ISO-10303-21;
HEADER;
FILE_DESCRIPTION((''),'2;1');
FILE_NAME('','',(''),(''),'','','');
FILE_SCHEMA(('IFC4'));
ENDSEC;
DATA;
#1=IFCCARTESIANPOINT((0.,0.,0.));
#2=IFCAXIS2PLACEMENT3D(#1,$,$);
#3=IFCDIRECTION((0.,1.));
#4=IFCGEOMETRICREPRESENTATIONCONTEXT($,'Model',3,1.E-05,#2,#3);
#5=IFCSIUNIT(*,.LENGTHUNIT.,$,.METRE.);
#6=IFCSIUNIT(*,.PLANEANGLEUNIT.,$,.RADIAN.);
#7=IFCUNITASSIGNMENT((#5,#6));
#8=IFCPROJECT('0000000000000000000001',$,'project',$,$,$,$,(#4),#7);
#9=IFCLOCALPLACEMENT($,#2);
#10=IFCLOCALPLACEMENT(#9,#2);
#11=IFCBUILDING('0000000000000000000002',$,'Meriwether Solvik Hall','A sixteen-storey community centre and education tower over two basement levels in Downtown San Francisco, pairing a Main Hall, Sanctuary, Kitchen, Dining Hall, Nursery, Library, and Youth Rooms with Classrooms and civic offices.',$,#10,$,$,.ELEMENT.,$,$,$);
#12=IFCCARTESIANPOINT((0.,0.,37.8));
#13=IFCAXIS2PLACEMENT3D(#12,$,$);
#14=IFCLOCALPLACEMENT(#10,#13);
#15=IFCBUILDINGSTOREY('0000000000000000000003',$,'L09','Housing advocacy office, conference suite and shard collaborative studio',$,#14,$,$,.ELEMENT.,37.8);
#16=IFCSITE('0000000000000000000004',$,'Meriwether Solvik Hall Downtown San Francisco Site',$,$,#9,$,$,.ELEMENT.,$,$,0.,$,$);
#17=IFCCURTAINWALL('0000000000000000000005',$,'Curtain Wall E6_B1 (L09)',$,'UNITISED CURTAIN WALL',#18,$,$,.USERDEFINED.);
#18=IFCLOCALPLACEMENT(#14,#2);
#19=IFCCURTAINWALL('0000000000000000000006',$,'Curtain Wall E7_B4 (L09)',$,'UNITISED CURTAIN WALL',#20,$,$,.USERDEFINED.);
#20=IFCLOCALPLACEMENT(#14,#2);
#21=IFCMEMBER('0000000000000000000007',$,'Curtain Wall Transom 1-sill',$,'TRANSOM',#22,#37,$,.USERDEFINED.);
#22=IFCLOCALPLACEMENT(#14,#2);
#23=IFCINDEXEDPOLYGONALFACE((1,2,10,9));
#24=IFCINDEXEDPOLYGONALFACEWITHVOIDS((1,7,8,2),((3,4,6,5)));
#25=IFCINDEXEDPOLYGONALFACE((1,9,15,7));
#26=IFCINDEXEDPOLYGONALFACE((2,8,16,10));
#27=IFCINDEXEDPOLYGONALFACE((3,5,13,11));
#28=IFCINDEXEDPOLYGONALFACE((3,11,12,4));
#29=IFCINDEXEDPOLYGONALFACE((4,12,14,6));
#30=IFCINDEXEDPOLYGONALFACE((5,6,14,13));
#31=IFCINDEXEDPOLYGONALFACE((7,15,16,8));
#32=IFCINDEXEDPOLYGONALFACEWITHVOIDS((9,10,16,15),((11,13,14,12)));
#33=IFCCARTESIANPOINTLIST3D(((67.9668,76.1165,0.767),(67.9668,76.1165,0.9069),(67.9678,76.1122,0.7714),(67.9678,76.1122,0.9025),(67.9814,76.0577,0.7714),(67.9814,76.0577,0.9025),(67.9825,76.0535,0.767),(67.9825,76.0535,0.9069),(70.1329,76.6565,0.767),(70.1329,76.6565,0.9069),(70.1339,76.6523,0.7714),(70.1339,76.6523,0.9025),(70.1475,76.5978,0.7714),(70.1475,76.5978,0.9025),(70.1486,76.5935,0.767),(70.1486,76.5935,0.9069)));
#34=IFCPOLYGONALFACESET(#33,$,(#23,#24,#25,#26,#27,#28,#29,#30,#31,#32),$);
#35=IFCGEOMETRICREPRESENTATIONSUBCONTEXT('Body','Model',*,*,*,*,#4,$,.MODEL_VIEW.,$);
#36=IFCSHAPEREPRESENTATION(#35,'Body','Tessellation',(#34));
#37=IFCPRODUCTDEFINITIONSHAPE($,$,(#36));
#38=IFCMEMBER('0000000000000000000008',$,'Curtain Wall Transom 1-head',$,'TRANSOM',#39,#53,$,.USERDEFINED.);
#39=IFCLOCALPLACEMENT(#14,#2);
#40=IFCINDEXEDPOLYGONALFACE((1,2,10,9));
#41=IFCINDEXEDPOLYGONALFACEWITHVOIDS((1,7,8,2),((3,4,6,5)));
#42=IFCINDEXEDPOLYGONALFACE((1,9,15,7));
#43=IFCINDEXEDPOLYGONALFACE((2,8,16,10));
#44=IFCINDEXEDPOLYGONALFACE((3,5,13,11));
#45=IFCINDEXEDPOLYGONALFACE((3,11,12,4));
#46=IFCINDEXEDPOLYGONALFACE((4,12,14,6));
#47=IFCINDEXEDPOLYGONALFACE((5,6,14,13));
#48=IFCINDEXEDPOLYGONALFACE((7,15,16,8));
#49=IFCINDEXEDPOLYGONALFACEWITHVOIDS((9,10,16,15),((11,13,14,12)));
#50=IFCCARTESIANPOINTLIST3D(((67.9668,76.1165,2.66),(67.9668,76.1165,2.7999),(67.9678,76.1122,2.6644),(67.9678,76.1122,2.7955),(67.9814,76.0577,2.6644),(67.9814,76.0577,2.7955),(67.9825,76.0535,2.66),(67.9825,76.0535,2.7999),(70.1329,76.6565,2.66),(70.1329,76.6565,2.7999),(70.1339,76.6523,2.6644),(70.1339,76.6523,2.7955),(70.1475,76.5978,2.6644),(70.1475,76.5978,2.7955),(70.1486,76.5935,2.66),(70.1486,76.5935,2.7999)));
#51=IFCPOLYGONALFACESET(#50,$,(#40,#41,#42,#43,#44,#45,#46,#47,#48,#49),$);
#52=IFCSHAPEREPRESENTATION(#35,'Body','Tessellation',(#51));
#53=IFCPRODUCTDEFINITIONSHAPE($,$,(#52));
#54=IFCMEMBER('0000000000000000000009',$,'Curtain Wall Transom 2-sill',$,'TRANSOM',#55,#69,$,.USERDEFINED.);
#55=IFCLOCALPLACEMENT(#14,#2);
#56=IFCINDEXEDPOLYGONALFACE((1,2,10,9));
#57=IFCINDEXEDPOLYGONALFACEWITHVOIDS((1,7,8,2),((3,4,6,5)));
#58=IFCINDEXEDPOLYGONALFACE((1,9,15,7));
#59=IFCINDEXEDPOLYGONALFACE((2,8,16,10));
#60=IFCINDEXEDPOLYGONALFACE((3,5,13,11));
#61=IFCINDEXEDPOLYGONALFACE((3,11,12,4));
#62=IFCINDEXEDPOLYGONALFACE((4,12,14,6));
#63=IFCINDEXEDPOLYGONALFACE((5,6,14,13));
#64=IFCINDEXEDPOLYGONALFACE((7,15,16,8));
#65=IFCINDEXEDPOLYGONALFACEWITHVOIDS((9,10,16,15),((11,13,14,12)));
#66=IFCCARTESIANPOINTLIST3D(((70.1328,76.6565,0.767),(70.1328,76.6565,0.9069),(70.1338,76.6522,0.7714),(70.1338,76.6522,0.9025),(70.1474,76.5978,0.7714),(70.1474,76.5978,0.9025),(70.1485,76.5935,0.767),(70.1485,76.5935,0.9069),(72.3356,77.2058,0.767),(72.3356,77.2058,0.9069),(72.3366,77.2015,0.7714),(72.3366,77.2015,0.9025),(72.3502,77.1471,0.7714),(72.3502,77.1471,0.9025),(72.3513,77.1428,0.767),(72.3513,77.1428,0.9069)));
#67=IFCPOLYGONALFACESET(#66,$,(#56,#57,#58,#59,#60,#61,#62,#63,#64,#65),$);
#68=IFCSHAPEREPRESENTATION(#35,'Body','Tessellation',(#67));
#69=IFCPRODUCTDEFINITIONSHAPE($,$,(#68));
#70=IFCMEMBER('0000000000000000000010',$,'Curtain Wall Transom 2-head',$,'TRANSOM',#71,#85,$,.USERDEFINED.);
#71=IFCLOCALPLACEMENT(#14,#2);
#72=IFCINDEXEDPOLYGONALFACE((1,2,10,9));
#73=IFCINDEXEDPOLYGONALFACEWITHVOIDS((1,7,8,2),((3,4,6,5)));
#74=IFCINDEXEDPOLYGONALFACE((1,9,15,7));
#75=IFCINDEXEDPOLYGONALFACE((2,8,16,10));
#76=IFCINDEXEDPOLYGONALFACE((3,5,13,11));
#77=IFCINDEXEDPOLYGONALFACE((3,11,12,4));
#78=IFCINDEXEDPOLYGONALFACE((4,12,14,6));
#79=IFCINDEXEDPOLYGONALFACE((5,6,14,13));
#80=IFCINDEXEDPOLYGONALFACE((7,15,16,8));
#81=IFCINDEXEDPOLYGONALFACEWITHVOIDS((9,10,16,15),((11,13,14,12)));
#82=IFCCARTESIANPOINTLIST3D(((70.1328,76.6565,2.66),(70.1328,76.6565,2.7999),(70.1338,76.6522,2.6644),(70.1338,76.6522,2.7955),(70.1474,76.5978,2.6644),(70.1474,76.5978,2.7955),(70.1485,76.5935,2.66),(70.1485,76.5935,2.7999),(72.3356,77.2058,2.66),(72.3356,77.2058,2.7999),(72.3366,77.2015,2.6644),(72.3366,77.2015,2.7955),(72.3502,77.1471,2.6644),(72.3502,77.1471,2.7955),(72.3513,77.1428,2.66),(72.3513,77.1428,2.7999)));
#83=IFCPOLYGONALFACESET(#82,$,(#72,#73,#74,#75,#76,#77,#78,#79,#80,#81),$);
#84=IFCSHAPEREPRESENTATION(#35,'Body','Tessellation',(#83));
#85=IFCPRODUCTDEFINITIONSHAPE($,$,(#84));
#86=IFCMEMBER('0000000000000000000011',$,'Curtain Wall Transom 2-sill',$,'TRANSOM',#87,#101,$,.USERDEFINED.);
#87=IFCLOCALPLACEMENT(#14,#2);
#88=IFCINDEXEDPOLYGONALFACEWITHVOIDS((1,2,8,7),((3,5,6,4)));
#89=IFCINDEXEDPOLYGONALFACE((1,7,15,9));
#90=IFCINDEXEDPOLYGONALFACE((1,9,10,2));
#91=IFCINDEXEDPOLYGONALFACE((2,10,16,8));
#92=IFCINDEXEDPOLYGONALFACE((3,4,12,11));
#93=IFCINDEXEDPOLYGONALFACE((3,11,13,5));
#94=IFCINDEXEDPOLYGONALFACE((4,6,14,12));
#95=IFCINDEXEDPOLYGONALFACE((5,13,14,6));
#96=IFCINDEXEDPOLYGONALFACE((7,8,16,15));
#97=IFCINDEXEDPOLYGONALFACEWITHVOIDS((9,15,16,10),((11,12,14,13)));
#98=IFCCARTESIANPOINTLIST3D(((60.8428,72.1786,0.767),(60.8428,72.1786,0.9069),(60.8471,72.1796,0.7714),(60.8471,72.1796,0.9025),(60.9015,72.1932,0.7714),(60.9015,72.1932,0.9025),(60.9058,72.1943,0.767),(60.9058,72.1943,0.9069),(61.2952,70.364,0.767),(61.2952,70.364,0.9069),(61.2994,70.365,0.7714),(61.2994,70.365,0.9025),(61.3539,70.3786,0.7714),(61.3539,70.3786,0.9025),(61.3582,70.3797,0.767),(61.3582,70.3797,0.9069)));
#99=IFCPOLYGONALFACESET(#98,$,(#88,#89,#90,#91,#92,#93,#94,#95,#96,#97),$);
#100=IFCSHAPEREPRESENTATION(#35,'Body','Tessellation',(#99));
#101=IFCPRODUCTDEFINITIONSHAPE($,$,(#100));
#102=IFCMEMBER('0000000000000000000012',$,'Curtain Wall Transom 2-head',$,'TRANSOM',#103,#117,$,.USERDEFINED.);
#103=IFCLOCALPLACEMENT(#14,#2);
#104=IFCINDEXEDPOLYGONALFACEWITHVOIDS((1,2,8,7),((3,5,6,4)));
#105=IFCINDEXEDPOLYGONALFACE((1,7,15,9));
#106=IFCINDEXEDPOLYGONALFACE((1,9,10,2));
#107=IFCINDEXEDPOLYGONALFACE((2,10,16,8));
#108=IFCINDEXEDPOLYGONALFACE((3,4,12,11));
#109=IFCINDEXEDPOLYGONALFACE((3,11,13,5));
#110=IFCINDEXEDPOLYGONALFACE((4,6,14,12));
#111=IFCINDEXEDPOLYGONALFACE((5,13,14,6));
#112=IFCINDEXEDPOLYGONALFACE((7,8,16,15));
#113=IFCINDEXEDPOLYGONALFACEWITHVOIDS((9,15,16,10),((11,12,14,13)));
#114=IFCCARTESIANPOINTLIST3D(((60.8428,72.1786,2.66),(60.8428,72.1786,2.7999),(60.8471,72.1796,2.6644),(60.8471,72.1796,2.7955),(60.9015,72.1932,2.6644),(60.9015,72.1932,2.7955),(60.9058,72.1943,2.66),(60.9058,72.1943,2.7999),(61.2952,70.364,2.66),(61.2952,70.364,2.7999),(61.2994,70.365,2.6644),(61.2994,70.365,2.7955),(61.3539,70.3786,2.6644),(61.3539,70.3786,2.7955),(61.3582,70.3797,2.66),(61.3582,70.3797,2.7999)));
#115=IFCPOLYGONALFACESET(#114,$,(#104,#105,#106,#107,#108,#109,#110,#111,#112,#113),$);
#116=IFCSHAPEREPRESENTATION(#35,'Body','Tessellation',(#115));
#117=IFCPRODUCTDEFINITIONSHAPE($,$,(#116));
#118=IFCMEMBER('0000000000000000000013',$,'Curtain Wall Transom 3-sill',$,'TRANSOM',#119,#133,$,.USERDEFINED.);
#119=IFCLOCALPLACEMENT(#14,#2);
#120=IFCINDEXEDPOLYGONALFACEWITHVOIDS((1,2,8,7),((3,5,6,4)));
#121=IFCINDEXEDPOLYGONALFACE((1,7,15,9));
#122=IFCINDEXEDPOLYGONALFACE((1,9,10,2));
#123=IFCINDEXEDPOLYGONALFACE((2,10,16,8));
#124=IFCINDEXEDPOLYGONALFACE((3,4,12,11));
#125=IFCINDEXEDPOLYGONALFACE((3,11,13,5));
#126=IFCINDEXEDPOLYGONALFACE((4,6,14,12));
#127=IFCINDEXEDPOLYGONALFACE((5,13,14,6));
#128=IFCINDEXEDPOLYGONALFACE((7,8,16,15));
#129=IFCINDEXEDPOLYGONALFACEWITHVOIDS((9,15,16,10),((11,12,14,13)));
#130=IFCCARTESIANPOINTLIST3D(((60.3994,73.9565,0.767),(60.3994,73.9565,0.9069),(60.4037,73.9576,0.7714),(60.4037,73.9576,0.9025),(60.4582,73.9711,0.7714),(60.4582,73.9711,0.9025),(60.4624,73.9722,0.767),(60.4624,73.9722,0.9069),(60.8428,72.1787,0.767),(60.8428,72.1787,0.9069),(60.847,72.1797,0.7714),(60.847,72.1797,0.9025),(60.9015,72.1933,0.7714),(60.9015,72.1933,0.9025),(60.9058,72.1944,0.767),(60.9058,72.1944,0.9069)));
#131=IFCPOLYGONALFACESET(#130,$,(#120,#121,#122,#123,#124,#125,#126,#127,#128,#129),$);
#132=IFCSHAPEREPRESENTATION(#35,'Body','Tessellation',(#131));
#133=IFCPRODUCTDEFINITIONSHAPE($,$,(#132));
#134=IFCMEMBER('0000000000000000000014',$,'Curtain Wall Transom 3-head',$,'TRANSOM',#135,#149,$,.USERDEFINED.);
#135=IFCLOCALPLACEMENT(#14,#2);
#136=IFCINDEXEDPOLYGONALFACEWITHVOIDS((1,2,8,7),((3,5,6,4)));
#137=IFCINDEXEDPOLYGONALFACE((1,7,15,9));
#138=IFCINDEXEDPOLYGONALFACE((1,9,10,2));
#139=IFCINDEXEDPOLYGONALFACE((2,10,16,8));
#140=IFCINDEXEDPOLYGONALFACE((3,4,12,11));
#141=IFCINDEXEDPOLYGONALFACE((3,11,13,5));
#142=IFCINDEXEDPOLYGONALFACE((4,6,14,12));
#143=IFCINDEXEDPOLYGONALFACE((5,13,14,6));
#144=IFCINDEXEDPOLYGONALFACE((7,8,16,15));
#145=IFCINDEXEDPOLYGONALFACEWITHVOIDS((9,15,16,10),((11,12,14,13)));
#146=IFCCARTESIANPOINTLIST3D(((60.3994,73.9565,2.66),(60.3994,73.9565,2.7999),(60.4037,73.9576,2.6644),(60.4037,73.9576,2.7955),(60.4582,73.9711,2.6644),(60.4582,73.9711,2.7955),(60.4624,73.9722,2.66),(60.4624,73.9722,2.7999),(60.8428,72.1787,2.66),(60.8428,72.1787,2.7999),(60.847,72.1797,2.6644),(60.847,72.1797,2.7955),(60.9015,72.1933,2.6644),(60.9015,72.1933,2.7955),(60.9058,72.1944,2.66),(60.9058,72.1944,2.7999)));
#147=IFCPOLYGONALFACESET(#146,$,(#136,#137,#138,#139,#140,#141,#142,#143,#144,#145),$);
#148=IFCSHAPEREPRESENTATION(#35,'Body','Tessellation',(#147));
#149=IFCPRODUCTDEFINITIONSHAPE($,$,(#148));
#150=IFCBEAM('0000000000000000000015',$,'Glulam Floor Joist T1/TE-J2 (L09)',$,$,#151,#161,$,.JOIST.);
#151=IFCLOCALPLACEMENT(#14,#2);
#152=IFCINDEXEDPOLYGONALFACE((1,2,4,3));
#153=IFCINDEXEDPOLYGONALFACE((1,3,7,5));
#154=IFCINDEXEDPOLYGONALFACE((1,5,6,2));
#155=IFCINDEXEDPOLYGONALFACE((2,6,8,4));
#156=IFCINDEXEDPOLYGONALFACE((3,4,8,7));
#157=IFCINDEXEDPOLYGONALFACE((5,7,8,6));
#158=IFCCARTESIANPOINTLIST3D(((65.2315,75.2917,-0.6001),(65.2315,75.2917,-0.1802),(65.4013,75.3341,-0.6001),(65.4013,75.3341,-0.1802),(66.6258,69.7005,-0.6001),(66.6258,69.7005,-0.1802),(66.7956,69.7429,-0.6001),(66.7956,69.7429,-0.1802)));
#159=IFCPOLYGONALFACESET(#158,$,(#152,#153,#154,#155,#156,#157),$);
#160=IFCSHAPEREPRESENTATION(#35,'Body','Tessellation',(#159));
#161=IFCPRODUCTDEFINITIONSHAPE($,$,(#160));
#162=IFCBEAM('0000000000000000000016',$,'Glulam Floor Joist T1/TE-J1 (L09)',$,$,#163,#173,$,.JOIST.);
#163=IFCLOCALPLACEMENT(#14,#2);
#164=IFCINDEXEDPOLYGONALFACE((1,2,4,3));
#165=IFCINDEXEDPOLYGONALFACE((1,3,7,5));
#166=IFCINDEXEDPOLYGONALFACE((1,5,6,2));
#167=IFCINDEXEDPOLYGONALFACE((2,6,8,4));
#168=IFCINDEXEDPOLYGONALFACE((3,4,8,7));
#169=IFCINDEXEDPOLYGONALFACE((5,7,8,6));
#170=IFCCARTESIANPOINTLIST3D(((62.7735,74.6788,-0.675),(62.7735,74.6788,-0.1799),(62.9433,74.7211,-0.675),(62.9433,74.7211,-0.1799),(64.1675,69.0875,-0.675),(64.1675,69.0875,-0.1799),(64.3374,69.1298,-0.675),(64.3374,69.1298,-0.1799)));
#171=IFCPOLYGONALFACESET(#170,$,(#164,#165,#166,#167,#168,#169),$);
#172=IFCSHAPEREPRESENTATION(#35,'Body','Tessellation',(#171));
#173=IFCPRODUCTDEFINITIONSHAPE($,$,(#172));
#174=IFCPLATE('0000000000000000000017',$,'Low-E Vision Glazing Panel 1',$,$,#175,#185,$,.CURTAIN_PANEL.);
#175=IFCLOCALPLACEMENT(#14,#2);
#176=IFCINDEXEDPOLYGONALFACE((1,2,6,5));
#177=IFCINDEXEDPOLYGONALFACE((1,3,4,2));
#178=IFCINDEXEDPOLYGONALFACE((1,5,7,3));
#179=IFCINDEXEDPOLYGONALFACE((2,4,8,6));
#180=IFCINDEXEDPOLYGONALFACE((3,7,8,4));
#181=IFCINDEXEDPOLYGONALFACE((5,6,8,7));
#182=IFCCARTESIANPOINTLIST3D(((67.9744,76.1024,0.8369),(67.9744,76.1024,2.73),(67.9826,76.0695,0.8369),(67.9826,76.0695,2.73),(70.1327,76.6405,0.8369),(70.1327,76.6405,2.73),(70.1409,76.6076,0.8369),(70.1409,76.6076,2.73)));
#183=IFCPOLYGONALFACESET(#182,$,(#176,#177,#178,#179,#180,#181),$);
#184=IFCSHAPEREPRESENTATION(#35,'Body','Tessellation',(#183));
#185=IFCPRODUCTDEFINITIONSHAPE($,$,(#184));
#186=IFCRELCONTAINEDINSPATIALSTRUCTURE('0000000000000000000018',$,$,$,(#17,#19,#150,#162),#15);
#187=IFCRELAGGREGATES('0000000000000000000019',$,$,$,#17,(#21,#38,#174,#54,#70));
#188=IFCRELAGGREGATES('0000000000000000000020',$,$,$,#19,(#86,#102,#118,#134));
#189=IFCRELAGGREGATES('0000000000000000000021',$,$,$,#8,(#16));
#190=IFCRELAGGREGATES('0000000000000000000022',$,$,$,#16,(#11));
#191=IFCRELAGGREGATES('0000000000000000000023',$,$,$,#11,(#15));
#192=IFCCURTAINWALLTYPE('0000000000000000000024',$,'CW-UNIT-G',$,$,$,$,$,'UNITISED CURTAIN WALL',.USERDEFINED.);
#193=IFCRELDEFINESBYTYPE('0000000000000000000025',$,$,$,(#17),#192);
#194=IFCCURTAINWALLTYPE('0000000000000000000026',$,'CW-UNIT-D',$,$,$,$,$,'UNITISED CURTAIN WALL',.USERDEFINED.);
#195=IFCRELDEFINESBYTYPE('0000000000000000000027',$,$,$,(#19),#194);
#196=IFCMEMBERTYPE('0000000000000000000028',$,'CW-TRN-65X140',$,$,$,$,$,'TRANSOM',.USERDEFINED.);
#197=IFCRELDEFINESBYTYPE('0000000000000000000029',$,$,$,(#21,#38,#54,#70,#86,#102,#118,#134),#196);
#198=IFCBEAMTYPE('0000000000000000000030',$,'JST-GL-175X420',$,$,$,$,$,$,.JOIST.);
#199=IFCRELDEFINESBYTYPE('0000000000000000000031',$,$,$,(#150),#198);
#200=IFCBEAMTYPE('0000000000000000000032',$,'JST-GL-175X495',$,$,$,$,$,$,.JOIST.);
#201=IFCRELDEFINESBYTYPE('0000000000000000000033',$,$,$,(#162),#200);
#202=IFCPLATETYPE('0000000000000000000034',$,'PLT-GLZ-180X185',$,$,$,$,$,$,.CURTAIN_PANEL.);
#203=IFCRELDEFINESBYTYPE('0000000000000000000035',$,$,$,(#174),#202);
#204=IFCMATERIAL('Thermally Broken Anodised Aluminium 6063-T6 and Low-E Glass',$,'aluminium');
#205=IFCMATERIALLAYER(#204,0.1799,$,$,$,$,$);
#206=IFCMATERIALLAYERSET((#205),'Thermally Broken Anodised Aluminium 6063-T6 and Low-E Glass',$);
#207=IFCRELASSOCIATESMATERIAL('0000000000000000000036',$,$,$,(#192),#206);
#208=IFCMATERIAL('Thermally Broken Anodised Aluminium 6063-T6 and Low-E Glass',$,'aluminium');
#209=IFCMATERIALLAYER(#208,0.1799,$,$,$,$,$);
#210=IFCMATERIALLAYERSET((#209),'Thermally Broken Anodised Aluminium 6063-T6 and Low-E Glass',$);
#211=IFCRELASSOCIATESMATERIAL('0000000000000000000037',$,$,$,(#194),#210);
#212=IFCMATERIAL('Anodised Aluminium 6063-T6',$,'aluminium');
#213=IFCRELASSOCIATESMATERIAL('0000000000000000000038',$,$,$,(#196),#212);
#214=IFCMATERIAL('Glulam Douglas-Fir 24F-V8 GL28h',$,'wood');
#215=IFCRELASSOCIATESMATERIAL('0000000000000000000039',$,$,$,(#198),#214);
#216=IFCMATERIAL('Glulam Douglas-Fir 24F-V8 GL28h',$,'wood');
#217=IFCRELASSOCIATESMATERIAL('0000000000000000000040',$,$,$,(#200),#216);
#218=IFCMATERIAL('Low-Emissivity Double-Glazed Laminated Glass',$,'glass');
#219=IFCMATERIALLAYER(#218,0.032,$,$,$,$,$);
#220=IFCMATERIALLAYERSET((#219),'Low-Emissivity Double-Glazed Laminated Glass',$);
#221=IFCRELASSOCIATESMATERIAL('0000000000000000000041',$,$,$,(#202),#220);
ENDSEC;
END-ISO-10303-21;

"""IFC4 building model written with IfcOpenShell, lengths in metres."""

from ifc_helpers import new_model, si_unit, direction, frame, origin, origin_2d, place, context, subcontext, project, spatial, rectangle, hollow_rectangle, extrude, material, layer, layer_set, material_profile, profile_set, type_object, element, aggregate, save


model = new_model("IFC4")

# Units and contexts
model_context = context("Model", 3, precision=1e-05, world=origin(), true_north=direction((0.0, 1.0)))
body_context = subcontext(model_context, "Body", "Model", "MODEL_VIEW")
ifc_project = project(units=[si_unit("LENGTHUNIT", "METRE"), si_unit("PLANEANGLEUNIT", "RADIAN")], contexts=[model_context])

# Site, building, storey
site_placement = place(None, origin())
site = spatial("IfcSite", under=ifc_project, at=site_placement, Name="Meriwether Solvik Hall Downtown San Francisco Site", CompositionType="ELEMENT", RefElevation=0.0)
building_placement = place(site_placement, origin())
building = spatial("IfcBuilding", under=site, at=building_placement, Name="Meriwether Solvik Hall", Description="A sixteen-storey community centre and education tower over two basement levels in Downtown San Francisco, pairing a Main Hall, Sanctuary, Kitchen, Dining Hall, Nursery, Library, and Youth Rooms with Classrooms and civic offices.", CompositionType="ELEMENT")
storey_placement = place(building_placement, frame((0.0, 0.0, 37.8)))
storey = spatial("IfcBuildingStorey", under=building, at=storey_placement, Name="L09", Description="Housing advocacy office, conference suite and shard collaborative studio", CompositionType="ELEMENT", Elevation=37.8)

# Curtain walls
ifc_material_1 = material(Name="Thermally Broken Anodised Aluminium 6063-T6 and Low-E Glass", Category="aluminium")
ifc_layer_1 = layer(ifc_material_1, 0.1799)
ifc_layer_set_1 = layer_set([ifc_layer_1], Name="Thermally Broken Anodised Aluminium 6063-T6 and Low-E Glass")
curtain_wall_type_1 = type_object("IfcCurtainWallType", Name="CW-UNIT-G", ElementType="UNITISED CURTAIN WALL", PredefinedType="USERDEFINED", material=ifc_layer_set_1)
curtain_wall_1_placement = place(storey_placement, origin())
curtain_wall_1 = element("IfcCurtainWall", 1, at=curtain_wall_1_placement, inside=storey, type_object=curtain_wall_type_1, Name="Curtain Wall E6_B1 (L09)", ObjectType="UNITISED CURTAIN WALL", PredefinedType="USERDEFINED")
ifc_material_2 = material(Name="Thermally Broken Anodised Aluminium 6063-T6 and Low-E Glass", Category="aluminium")
ifc_layer_2 = layer(ifc_material_2, 0.1799)
ifc_layer_set_2 = layer_set([ifc_layer_2], Name="Thermally Broken Anodised Aluminium 6063-T6 and Low-E Glass")
curtain_wall_type_2 = type_object("IfcCurtainWallType", Name="CW-UNIT-D", ElementType="UNITISED CURTAIN WALL", PredefinedType="USERDEFINED", material=ifc_layer_set_2)
curtain_wall_2_placement = place(storey_placement, origin())
curtain_wall_2 = element("IfcCurtainWall", 2, at=curtain_wall_2_placement, inside=storey, type_object=curtain_wall_type_2, Name="Curtain Wall E7_B4 (L09)", ObjectType="UNITISED CURTAIN WALL", PredefinedType="USERDEFINED")

# Members
ifc_material_3 = material(Name="Anodised Aluminium 6063-T6", Category="aluminium")
ifc_material_profile_1 = material_profile(ifc_material_3, hollow_rectangle(XDim=0.0649, YDim=0.1399, WallThickness=0.0044, at=origin_2d()), Name="CWT-65X140")
ifc_profile_set_1 = profile_set([ifc_material_profile_1], Name="Anodised Aluminium 6063-T6")
member_type_1 = type_object("IfcMemberType", Name="CW-TRN-65X140", ElementType="TRANSOM", PredefinedType="USERDEFINED", material=ifc_profile_set_1)
member_1_placement = place(storey_placement, frame((67.9746, 76.085, 0.8369), z_axis=(0.970297, 0.241918, 0.0), x_axis=(-0.241918, 0.970297, 0.0)))
member_1 = element("IfcMember", 3, at=member_1_placement, type_object=member_type_1, Name="Curtain Wall Transom 1-sill", ObjectType="TRANSOM", PredefinedType="USERDEFINED", context=body_context, shape_type="SweptSolid", body=[
    extrude(hollow_rectangle(XDim=0.0649, YDim=0.1399, WallThickness=0.0044, at=origin_2d()), origin(), (0.0, 0.0, 1.0), 2.2324),
])
member_2_placement = place(storey_placement, frame((67.9746, 76.085, 2.73), z_axis=(0.970297, 0.241918, 0.0), x_axis=(-0.241918, 0.970297, 0.0)))
member_2 = element("IfcMember", 4, at=member_2_placement, type_object=member_type_1, Name="Curtain Wall Transom 1-head", ObjectType="TRANSOM", PredefinedType="USERDEFINED", context=body_context, shape_type="SweptSolid", body=[
    extrude(hollow_rectangle(XDim=0.0649, YDim=0.1399, WallThickness=0.0044, at=origin_2d()), origin(), (0.0, 0.0, 1.0), 2.2324),
])
member_3_placement = place(storey_placement, frame((70.1406, 76.625, 0.8369), z_axis=(0.970288, 0.241954, 0.0), x_axis=(-0.241954, 0.970288, 0.0)))
member_3 = element("IfcMember", 5, at=member_3_placement, type_object=member_type_1, Name="Curtain Wall Transom 2-sill", ObjectType="TRANSOM", PredefinedType="USERDEFINED", context=body_context, shape_type="SweptSolid", body=[
    extrude(hollow_rectangle(XDim=0.0649, YDim=0.1399, WallThickness=0.0044, at=origin_2d()), origin(), (0.0, 0.0, 1.0), 2.2703),
])
member_4_placement = place(storey_placement, frame((70.1406, 76.625, 2.73), z_axis=(0.970288, 0.241954, 0.0), x_axis=(-0.241954, 0.970288, 0.0)))
member_4 = element("IfcMember", 6, at=member_4_placement, type_object=member_type_1, Name="Curtain Wall Transom 2-head", ObjectType="TRANSOM", PredefinedType="USERDEFINED", context=body_context, shape_type="SweptSolid", body=[
    extrude(hollow_rectangle(XDim=0.0649, YDim=0.1399, WallThickness=0.0044, at=origin_2d()), origin(), (0.0, 0.0, 1.0), 2.2703),
])
member_5_placement = place(storey_placement, frame((61.3267, 70.3718, 0.8369), z_axis=(-0.241891, 0.970304, 0.0), x_axis=(-0.970304, -0.241891, 0.0)))
member_5 = element("IfcMember", 7, at=member_5_placement, type_object=member_type_1, Name="Curtain Wall Transom 2-sill", ObjectType="TRANSOM", PredefinedType="USERDEFINED", context=body_context, shape_type="SweptSolid", body=[
    extrude(hollow_rectangle(XDim=0.0649, YDim=0.1399, WallThickness=0.0044, at=origin_2d()), origin(), (0.0, 0.0, 1.0), 1.8701),
])
member_6_placement = place(storey_placement, frame((61.3267, 70.3718, 2.73), z_axis=(-0.241891, 0.970304, 0.0), x_axis=(-0.970304, -0.241891, 0.0)))
member_6 = element("IfcMember", 8, at=member_6_placement, type_object=member_type_1, Name="Curtain Wall Transom 2-head", ObjectType="TRANSOM", PredefinedType="USERDEFINED", context=body_context, shape_type="SweptSolid", body=[
    extrude(hollow_rectangle(XDim=0.0649, YDim=0.1399, WallThickness=0.0044, at=origin_2d()), origin(), (0.0, 0.0, 1.0), 1.8701),
])
member_7_placement = place(storey_placement, frame((60.8743, 72.1865, 0.8369), z_axis=(-0.241971, 0.970283, 0.0), x_axis=(-0.970283, -0.241971, 0.0)))
member_7 = element("IfcMember", 9, at=member_7_placement, type_object=member_type_1, Name="Curtain Wall Transom 3-sill", ObjectType="TRANSOM", PredefinedType="USERDEFINED", context=body_context, shape_type="SweptSolid", body=[
    extrude(hollow_rectangle(XDim=0.0649, YDim=0.1399, WallThickness=0.0044, at=origin_2d()), origin(), (0.0, 0.0, 1.0), 1.8323),
])
member_8_placement = place(storey_placement, frame((60.8743, 72.1865, 2.73), z_axis=(-0.241971, 0.970283, 0.0), x_axis=(-0.970283, -0.241971, 0.0)))
member_8 = element("IfcMember", 10, at=member_8_placement, type_object=member_type_1, Name="Curtain Wall Transom 3-head", ObjectType="TRANSOM", PredefinedType="USERDEFINED", context=body_context, shape_type="SweptSolid", body=[
    extrude(hollow_rectangle(XDim=0.0649, YDim=0.1399, WallThickness=0.0044, at=origin_2d()), origin(), (0.0, 0.0, 1.0), 1.8323),
])

# Beams
ifc_material_4 = material(Name="Glulam Douglas-Fir 24F-V8 GL28h", Category="wood")
ifc_material_profile_2 = material_profile(ifc_material_4, rectangle(XDim=0.175, YDim=0.4199, at=origin_2d()), Name="GLJ-175X420")
ifc_profile_set_2 = profile_set([ifc_material_profile_2], Name="Glulam Douglas-Fir 24F-V8 GL28h")
beam_type_1 = type_object("IfcBeamType", Name="JST-GL-175X420", PredefinedType="JOIST", material=ifc_profile_set_2)
beam_1_placement = place(storey_placement, frame((66.7107, 69.7217, -0.3901), z_axis=(-0.241957, 0.970287, 0.0), x_axis=(-0.970287, -0.241957, 0.0)))
element("IfcBeam", 11, at=beam_1_placement, inside=storey, type_object=beam_type_1, Name="Glulam Floor Joist T1/TE-J2 (L09)", PredefinedType="JOIST", context=body_context, shape_type="SweptSolid", body=[
    extrude(rectangle(XDim=0.175, YDim=0.4199, at=origin_2d()), origin(), (0.0, 0.0, 1.0), 5.7625),
])
ifc_material_5 = material(Name="Glulam Douglas-Fir 24F-V8 GL28h", Category="wood")
ifc_material_profile_3 = material_profile(ifc_material_5, rectangle(XDim=0.175, YDim=0.4951, at=origin_2d()), Name="GLJ-175X495")
ifc_profile_set_3 = profile_set([ifc_material_profile_3], Name="Glulam Douglas-Fir 24F-V8 GL28h")
beam_type_2 = type_object("IfcBeamType", Name="JST-GL-175X495", PredefinedType="JOIST", material=ifc_profile_set_3)
beam_2_placement = place(storey_placement, frame((64.2524, 69.1086, -0.4275), z_axis=(-0.241918, 0.970297, 0.0), x_axis=(-0.970297, -0.241918, 0.0)))
element("IfcBeam", 12, at=beam_2_placement, inside=storey, type_object=beam_type_2, Name="Glulam Floor Joist T1/TE-J1 (L09)", PredefinedType="JOIST", context=body_context, shape_type="SweptSolid", body=[
    extrude(rectangle(XDim=0.175, YDim=0.4951, at=origin_2d()), origin(), (0.0, 0.0, 1.0), 5.7625),
])

# Plate
ifc_material_6 = material(Name="Low-Emissivity Double-Glazed Laminated Glass", Category="glass")
ifc_layer_3 = layer(ifc_material_6, 0.032)
ifc_layer_set_3 = layer_set([ifc_layer_3], Name="Low-Emissivity Double-Glazed Laminated Glass")
plate_type_1 = type_object("IfcPlateType", Name="PLT-GLZ-180X185", PredefinedType="CURTAIN_PANEL", material=ifc_layer_set_3)
plate_1_placement = place(storey_placement, frame((69.0576, 76.355, 0.8369), z_axis=(0.0, 0.0, 1.0), x_axis=(0.970296, 0.241922, 0.0)))
plate_1 = element("IfcPlate", 13, at=plate_1_placement, type_object=plate_type_1, Name="Low-E Vision Glazing Panel 1", PredefinedType="CURTAIN_PANEL", context=body_context, shape_type="SweptSolid", body=[
    extrude(rectangle(XDim=2.2244, YDim=0.0339, at=origin_2d()), origin(), (0.0, 0.0, 1.0), 1.8931),
])
aggregate(curtain_wall_1, [member_1, member_2, plate_1, member_3, member_4])
aggregate(curtain_wall_2, [member_5, member_6, member_7, member_8])

save(model, "model.ifc")
